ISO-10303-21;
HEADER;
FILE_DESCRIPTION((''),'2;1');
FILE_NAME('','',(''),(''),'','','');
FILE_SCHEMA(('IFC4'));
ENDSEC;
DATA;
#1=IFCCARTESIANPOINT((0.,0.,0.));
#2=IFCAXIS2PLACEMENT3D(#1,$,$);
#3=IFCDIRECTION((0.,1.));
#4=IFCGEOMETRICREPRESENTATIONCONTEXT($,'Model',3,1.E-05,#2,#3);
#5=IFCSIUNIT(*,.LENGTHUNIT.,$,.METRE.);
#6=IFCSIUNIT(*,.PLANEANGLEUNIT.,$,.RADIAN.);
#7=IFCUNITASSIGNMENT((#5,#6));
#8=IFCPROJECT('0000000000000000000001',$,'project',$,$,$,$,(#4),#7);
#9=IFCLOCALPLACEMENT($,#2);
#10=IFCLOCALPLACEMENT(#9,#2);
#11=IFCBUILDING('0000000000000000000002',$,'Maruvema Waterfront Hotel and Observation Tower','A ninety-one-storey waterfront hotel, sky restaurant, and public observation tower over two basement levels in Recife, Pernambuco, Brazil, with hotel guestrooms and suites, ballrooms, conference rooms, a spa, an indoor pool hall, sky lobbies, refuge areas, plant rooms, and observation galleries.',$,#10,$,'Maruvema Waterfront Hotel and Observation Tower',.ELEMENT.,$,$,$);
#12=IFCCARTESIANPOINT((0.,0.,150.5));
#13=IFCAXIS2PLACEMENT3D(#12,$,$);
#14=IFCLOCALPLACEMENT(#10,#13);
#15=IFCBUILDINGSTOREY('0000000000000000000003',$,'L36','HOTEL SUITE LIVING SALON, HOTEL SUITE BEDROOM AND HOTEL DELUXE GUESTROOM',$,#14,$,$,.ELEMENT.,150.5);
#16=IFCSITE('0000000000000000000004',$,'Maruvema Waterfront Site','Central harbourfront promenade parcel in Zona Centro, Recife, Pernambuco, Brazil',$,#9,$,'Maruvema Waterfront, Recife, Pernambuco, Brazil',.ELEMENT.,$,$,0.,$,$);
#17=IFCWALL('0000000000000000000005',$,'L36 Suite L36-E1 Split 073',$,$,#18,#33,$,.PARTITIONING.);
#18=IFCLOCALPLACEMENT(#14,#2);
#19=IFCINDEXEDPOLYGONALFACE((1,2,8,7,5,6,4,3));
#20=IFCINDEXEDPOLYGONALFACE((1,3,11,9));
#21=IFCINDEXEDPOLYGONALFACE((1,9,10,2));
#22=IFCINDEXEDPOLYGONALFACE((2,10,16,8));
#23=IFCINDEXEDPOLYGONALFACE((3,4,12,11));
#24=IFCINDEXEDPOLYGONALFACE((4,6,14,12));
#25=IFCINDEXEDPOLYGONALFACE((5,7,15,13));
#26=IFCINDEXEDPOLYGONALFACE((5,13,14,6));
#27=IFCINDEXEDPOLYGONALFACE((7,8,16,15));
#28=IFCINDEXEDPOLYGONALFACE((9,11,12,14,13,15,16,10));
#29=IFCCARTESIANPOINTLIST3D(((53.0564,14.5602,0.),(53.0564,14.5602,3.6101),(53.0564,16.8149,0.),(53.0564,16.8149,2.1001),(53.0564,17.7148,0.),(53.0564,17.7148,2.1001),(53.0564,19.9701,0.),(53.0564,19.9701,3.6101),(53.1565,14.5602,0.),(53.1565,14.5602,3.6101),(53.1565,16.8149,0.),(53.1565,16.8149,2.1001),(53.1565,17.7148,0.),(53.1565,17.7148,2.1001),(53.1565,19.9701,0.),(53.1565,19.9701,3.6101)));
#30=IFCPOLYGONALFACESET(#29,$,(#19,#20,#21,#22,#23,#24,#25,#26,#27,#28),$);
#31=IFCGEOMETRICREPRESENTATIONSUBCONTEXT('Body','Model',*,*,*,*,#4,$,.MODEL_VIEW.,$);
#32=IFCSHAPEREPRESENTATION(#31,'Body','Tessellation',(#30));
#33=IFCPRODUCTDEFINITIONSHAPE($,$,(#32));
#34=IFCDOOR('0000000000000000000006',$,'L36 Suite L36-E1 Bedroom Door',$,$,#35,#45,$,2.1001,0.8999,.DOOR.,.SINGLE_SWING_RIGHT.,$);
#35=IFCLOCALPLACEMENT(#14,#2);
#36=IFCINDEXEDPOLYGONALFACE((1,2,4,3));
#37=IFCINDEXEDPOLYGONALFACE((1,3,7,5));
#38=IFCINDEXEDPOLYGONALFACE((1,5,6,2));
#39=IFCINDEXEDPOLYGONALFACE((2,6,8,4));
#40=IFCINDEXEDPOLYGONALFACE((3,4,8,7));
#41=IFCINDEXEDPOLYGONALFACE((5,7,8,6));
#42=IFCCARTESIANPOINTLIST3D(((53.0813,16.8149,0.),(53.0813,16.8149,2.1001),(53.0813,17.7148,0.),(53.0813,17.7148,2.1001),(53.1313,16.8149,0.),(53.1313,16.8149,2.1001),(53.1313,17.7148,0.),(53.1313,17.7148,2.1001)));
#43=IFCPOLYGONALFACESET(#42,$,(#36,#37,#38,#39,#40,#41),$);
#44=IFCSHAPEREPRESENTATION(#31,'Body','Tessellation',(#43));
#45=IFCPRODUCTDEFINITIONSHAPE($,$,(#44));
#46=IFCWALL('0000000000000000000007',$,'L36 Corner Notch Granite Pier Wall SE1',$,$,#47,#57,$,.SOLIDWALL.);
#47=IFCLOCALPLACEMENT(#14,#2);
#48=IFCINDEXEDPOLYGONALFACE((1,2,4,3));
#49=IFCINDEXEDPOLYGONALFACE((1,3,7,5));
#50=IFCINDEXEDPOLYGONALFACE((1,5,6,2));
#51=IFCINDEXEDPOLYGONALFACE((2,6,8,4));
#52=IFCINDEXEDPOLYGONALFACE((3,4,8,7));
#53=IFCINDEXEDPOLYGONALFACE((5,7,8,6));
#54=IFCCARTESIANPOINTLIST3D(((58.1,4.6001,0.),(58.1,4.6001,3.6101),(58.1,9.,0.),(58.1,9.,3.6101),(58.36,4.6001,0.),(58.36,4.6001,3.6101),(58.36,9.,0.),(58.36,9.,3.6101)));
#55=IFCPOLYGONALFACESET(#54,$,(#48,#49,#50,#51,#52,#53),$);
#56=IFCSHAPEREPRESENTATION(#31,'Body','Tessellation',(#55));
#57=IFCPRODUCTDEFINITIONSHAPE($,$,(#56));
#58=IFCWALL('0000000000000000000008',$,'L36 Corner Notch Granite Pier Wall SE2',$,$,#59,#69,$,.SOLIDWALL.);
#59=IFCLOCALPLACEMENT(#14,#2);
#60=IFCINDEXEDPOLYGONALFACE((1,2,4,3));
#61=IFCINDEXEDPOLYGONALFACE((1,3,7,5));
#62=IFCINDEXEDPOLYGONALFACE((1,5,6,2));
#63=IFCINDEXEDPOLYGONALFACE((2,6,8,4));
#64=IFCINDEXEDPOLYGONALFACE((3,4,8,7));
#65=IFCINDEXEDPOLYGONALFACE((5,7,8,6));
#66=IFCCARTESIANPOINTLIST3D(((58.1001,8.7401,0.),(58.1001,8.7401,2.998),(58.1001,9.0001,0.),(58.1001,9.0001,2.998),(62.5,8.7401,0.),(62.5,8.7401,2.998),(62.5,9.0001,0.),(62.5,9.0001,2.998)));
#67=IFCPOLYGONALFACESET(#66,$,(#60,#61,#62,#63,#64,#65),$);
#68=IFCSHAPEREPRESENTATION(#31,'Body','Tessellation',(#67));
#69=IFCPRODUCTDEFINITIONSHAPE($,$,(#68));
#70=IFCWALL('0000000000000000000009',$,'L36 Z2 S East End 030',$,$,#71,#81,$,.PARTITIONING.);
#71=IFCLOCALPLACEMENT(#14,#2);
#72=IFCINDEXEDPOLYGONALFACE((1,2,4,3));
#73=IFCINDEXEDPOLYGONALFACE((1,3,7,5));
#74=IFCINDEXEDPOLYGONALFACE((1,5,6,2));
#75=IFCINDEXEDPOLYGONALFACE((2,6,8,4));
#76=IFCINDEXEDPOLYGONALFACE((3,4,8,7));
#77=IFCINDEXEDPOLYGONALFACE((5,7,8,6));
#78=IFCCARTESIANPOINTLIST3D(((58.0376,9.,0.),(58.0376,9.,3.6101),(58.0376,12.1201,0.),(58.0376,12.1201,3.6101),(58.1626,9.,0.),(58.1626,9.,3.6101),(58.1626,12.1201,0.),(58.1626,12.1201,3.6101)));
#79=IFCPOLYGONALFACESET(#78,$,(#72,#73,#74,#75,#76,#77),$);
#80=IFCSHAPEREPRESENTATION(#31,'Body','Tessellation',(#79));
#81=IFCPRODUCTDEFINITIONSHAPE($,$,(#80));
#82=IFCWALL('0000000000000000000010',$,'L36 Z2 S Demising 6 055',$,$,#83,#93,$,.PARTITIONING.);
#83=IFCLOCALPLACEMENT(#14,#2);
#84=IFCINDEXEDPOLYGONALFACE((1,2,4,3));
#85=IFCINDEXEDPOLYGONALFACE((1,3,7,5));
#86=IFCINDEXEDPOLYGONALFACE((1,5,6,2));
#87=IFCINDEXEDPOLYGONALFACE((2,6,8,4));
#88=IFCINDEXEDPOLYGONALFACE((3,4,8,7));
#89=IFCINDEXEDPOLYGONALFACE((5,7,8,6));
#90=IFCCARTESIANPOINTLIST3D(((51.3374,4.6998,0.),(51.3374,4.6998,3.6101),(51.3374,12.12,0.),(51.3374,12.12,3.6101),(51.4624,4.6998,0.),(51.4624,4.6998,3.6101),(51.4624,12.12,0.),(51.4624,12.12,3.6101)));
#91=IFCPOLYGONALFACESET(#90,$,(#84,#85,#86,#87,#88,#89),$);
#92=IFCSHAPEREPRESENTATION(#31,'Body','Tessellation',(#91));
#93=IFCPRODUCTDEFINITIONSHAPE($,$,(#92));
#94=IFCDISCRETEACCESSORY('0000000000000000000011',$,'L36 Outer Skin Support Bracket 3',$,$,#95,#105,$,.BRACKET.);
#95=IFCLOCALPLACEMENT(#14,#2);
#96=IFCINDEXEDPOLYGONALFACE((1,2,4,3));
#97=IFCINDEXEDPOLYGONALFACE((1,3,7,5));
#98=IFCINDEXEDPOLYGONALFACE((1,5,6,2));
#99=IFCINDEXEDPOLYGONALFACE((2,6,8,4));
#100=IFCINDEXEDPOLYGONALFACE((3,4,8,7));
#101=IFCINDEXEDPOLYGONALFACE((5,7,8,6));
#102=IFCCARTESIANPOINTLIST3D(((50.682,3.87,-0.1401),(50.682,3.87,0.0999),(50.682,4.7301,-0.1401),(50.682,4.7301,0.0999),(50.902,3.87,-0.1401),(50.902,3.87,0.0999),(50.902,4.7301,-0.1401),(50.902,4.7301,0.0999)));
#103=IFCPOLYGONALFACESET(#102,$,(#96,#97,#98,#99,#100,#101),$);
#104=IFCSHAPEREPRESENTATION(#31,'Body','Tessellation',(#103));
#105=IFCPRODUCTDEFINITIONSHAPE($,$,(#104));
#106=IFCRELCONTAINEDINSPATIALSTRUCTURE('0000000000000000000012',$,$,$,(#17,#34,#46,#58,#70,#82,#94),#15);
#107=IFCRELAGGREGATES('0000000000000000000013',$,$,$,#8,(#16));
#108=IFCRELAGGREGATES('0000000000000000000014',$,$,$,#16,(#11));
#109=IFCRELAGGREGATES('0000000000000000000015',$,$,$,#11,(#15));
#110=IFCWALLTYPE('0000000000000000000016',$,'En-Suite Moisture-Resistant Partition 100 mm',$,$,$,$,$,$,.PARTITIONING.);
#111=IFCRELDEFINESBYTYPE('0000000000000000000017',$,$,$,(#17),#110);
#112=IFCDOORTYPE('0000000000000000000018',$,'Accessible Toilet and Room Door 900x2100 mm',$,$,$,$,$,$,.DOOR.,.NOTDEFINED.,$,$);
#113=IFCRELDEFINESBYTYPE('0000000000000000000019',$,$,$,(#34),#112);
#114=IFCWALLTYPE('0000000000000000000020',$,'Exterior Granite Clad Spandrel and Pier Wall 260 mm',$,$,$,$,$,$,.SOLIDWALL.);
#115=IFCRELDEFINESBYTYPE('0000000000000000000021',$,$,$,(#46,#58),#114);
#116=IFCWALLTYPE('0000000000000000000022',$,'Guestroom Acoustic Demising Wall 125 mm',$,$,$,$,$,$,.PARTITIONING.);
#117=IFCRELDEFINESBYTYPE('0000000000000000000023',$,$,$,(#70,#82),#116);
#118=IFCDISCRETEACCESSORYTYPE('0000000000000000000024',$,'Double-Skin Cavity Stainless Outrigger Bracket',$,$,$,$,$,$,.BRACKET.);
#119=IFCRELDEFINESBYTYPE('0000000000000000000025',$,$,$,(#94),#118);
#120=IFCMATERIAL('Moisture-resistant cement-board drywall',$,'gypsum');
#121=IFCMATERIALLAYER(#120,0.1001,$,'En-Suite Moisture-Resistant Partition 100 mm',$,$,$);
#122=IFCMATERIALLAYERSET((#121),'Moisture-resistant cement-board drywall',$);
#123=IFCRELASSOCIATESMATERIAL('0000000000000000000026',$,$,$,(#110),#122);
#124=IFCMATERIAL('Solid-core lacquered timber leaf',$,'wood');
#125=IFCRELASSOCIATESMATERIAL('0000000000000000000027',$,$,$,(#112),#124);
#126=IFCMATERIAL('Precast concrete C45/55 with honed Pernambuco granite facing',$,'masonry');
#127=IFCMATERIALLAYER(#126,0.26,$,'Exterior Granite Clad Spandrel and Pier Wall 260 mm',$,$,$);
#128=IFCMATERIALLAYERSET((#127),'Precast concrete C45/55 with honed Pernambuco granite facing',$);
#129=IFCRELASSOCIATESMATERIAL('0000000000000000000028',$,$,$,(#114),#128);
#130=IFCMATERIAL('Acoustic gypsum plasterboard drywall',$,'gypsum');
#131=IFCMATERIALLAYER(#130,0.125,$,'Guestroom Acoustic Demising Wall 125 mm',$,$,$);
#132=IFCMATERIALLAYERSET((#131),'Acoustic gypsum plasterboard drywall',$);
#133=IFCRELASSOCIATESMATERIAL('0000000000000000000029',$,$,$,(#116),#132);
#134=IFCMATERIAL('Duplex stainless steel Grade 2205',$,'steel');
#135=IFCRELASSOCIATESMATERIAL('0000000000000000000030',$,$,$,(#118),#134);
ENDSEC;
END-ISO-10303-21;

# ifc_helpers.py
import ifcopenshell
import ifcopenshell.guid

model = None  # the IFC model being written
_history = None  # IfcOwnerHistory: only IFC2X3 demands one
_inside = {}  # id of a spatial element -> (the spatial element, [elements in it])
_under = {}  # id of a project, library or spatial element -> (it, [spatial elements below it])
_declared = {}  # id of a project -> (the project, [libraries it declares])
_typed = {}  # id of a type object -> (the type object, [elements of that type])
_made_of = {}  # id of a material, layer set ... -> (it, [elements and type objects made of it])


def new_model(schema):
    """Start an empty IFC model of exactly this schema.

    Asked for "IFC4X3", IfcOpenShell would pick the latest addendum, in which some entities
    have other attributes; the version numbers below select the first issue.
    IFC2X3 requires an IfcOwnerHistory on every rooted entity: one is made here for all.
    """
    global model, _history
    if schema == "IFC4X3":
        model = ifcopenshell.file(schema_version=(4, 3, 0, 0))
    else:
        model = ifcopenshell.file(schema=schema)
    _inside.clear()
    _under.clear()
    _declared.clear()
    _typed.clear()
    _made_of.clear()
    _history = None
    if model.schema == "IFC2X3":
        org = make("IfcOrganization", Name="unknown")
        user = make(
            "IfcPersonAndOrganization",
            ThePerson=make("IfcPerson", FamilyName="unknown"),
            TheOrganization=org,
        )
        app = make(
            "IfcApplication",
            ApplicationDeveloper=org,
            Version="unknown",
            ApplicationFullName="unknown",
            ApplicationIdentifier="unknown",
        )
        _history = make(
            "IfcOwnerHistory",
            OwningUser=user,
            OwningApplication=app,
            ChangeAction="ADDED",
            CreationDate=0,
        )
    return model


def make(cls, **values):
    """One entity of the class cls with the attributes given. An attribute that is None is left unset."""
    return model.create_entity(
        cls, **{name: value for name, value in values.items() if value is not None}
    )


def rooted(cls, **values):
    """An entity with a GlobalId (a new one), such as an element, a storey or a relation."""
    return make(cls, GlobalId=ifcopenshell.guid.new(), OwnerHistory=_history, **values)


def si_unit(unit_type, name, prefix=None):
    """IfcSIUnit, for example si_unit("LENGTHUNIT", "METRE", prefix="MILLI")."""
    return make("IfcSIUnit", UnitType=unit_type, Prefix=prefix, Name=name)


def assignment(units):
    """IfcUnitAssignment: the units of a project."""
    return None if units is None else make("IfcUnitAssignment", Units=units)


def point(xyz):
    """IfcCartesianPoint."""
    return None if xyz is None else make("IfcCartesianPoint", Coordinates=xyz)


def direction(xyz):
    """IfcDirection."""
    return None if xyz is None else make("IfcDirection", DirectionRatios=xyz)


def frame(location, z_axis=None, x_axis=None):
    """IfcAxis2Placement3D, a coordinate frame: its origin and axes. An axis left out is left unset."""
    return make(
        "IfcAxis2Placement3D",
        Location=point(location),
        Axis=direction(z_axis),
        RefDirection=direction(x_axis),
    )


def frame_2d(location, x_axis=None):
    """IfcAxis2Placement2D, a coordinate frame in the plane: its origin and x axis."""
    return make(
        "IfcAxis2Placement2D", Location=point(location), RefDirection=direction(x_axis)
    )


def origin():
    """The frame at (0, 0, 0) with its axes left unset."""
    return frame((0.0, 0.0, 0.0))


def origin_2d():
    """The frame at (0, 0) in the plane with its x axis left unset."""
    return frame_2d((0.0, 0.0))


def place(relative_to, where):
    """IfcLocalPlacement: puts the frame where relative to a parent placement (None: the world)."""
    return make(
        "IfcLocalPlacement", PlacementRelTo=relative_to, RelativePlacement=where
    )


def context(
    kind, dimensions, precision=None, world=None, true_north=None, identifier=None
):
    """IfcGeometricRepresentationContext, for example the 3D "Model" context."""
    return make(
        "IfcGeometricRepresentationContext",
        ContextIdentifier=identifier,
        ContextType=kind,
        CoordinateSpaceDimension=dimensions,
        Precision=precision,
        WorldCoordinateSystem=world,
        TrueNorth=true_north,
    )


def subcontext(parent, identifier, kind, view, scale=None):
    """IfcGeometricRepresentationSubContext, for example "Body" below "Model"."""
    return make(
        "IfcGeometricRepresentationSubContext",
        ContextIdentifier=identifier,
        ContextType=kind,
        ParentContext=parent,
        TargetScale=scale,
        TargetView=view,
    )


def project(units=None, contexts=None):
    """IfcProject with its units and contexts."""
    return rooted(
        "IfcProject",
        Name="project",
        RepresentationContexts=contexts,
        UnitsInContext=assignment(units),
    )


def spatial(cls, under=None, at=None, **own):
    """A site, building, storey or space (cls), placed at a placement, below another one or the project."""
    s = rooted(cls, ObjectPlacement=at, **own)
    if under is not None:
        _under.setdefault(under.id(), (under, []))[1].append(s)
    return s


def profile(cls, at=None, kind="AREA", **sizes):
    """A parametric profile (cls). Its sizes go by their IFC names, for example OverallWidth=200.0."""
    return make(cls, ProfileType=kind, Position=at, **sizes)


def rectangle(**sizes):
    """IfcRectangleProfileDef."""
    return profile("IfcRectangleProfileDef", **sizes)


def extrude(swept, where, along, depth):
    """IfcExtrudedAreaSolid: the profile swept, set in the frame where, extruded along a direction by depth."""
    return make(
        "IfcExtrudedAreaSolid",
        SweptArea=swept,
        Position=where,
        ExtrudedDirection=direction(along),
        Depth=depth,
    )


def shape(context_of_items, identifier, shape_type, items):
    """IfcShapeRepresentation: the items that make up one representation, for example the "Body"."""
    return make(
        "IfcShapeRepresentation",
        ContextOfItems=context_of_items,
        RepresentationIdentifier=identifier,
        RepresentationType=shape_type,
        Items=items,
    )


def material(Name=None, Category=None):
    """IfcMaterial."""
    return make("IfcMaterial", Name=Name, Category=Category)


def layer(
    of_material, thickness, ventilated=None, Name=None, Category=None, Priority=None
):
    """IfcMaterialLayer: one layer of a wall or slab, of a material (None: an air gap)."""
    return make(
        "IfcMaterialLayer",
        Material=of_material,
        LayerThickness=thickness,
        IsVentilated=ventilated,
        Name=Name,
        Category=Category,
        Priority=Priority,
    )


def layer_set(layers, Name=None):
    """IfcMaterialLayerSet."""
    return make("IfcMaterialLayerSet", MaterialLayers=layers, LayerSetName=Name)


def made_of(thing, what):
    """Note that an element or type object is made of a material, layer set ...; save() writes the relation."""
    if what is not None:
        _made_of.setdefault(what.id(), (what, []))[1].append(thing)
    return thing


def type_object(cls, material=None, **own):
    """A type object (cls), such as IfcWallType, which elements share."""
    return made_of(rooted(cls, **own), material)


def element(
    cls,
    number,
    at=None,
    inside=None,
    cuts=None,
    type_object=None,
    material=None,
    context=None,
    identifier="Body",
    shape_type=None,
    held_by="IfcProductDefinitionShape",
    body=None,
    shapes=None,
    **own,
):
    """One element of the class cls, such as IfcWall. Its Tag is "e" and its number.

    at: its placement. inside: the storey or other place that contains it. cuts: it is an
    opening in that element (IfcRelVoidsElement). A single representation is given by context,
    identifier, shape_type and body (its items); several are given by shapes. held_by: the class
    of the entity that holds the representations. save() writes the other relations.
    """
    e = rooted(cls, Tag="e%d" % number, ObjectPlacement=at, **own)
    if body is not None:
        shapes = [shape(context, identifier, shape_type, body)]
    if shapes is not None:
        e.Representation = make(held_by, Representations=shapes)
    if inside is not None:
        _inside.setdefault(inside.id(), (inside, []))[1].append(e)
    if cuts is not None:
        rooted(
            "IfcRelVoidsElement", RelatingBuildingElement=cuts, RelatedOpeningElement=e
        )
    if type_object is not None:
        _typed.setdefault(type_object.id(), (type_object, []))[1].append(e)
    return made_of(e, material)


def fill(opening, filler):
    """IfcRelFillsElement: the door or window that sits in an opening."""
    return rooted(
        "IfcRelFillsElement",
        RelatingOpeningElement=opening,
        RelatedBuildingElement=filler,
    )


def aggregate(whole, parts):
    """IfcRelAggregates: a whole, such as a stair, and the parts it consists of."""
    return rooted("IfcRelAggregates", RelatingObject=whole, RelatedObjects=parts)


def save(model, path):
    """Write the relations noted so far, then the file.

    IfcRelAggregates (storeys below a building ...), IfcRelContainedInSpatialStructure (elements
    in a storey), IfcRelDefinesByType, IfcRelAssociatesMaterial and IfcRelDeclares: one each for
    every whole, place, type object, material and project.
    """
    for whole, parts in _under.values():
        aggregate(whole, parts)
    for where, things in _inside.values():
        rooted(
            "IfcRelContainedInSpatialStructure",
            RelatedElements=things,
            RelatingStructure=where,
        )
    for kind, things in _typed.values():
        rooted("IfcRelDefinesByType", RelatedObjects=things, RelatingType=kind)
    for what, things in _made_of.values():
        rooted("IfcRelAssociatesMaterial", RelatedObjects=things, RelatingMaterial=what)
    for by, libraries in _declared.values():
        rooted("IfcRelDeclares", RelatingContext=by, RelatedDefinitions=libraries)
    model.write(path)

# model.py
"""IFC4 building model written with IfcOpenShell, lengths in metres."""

from ifc_helpers import new_model, si_unit, direction, frame, frame_2d, origin, origin_2d, place, context, subcontext, project, spatial, rectangle, extrude, material, layer, layer_set, type_object, element, fill, save


model = new_model("IFC4")

# Units and contexts
model_context = context("Model", 3, precision=1e-05, world=origin(), true_north=direction((0.0, 1.0)))
body_context = subcontext(model_context, "Body", "Model", "MODEL_VIEW")
ifc_project = project(units=[si_unit("LENGTHUNIT", "METRE"), si_unit("PLANEANGLEUNIT", "RADIAN")], contexts=[model_context])

# Site, building, storey
site_placement = place(None, origin())
site = spatial("IfcSite", under=ifc_project, at=site_placement, Name="Maruvema Waterfront Site", Description="Central harbourfront promenade parcel in Zona Centro, Recife, Pernambuco, Brazil", LongName="Maruvema Waterfront, Recife, Pernambuco, Brazil", CompositionType="ELEMENT", RefElevation=0.0)
building_placement = place(site_placement, origin())
building = spatial("IfcBuilding", under=site, at=building_placement, Name="Maruvema Waterfront Hotel and Observation Tower", Description="A ninety-one-storey waterfront hotel, sky restaurant, and public observation tower over two basement levels in Recife, Pernambuco, Brazil, with hotel guestrooms and suites, ballrooms, conference rooms, a spa, an indoor pool hall, sky lobbies, refuge areas, plant rooms, and observation galleries.", LongName="Maruvema Waterfront Hotel and Observation Tower", CompositionType="ELEMENT")
storey_placement = place(building_placement, frame((0.0, 0.0, 150.5)))
storey = spatial("IfcBuildingStorey", under=building, at=storey_placement, Name="L36", Description="HOTEL SUITE LIVING SALON, HOTEL SUITE BEDROOM AND HOTEL DELUXE GUESTROOM", CompositionType="ELEMENT", Elevation=150.5)

# Shared definitions
ifc_material_1 = material(Name="Moisture-resistant cement-board drywall", Category="gypsum")
ifc_layer_1 = layer(ifc_material_1, 0.1001, Name="En-Suite Moisture-Resistant Partition 100 mm")
ifc_layer_set_1 = layer_set([ifc_layer_1], Name="Moisture-resistant cement-board drywall")
wall_type_1 = type_object("IfcWallType", Name="En-Suite Moisture-Resistant Partition 100 mm", PredefinedType="PARTITIONING", material=ifc_layer_set_1)

# Wall, opening, door
wall_1_placement = place(storey_placement, frame((53.1064, 14.5601, 0.0), z_axis=(0.0, 0.0, 1.0), x_axis=(0.0, 1.0, 0.0)))
wall_1 = element("IfcWall", 1, at=wall_1_placement, inside=storey, type_object=wall_type_1, Name="L36 Suite L36-E1 Split 073", PredefinedType="PARTITIONING", context=body_context, shape_type="SweptSolid", body=[
    extrude(rectangle(XDim=5.4099, YDim=0.1001, at=frame_2d((2.7051, 0.0))), origin(), (0.0, 0.0, 1.0), 3.6101),
])
opening_1_placement = place(wall_1_placement, frame((2.2549, 0.0, 0.0)))
opening_1 = element("IfcOpeningElement", 2, at=opening_1_placement, cuts=wall_1, PredefinedType="OPENING", context=body_context, shape_type="SweptSolid", body=[
    extrude(rectangle(XDim=0.8999, YDim=2.1001, at=frame_2d((0.45, 1.05))), frame((0.0, 0.0601, 0.0), z_axis=(0.0, -1.0, 0.0), x_axis=(1.0, 0.0, 0.0)), (0.0, 0.0, 1.0), 0.1201),
])
ifc_material_2 = material(Name="Solid-core lacquered timber leaf", Category="wood")
door_type_1 = type_object("IfcDoorType", Name="Accessible Toilet and Room Door 900x2100 mm", OperationType="NOTDEFINED", PredefinedType="DOOR", material=ifc_material_2)
door_1_placement = place(opening_1_placement, frame((0.8999, 0.0, 0.0), z_axis=(0.0, 0.0, 1.0), x_axis=(-1.0, 0.0, 0.0)))
door_1 = element("IfcDoor", 3, at=door_1_placement, inside=storey, type_object=door_type_1, Name="L36 Suite L36-E1 Bedroom Door", OperationType="SINGLE_SWING_RIGHT", OverallHeight=2.1001, OverallWidth=0.8999, PredefinedType="DOOR", context=body_context, shape_type="SweptSolid", body=[
    extrude(rectangle(XDim=0.8999, YDim=2.1001, at=frame_2d((0.45, 1.05))), frame((0.0, 0.0249, 0.0), z_axis=(0.0, -1.0, 0.0), x_axis=(1.0, 0.0, 0.0)), (0.0, 0.0, 1.0), 0.05),
])
fill(opening_1, door_1)

# Walls
ifc_material_3 = material(Name="Precast concrete C45/55 with honed Pernambuco granite facing", Category="masonry")
ifc_layer_2 = layer(ifc_material_3, 0.26, Name="Exterior Granite Clad Spandrel and Pier Wall 260 mm")
ifc_layer_set_2 = layer_set([ifc_layer_2], Name="Precast concrete C45/55 with honed Pernambuco granite facing")
wall_type_2 = type_object("IfcWallType", Name="Exterior Granite Clad Spandrel and Pier Wall 260 mm", PredefinedType="SOLIDWALL", material=ifc_layer_set_2)
wall_2_placement = place(storey_placement, frame((58.23, 9.0, 0.0), z_axis=(0.0, 0.0, 1.0), x_axis=(0.0, -1.0, 0.0)))
element("IfcWall", 4, at=wall_2_placement, inside=storey, type_object=wall_type_2, Name="L36 Corner Notch Granite Pier Wall SE1", PredefinedType="SOLIDWALL", context=body_context, shape_type="SweptSolid", body=[
    extrude(rectangle(XDim=4.3999, YDim=0.26, at=frame_2d((2.2, 0.0))), origin(), (0.0, 0.0, 1.0), 3.6101),
])
wall_3_placement = place(storey_placement, frame((62.5, 8.8701, 0.0), z_axis=(0.0, 0.0, 1.0), x_axis=(-1.0, 0.0, 0.0)))
element("IfcWall", 5, at=wall_3_placement, inside=storey, type_object=wall_type_2, Name="L36 Corner Notch Granite Pier Wall SE2", PredefinedType="SOLIDWALL", context=body_context, shape_type="SweptSolid", body=[
    extrude(rectangle(XDim=4.3999, YDim=0.26, at=frame_2d((2.2, 0.0))), origin(), (0.0, 0.0, 1.0), 2.998),
])
ifc_material_4 = material(Name="Acoustic gypsum plasterboard drywall", Category="gypsum")
ifc_layer_3 = layer(ifc_material_4, 0.125, Name="Guestroom Acoustic Demising Wall 125 mm")
ifc_layer_set_3 = layer_set([ifc_layer_3], Name="Acoustic gypsum plasterboard drywall")
wall_type_3 = type_object("IfcWallType", Name="Guestroom Acoustic Demising Wall 125 mm", PredefinedType="PARTITIONING", material=ifc_layer_set_3)
wall_4_placement = place(storey_placement, frame((58.1001, 9.0, 0.0), z_axis=(0.0, 0.0, 1.0), x_axis=(0.0, 1.0, 0.0)))
element("IfcWall", 6, at=wall_4_placement, inside=storey, type_object=wall_type_3, Name="L36 Z2 S East End 030", PredefinedType="PARTITIONING", context=body_context, shape_type="SweptSolid", body=[
    extrude(rectangle(XDim=3.1201, YDim=0.125, at=frame_2d((1.5601, 0.0))), origin(), (0.0, 0.0, 1.0), 3.6101),
])
wall_5_placement = place(storey_placement, frame((51.3999, 4.7, 0.0), z_axis=(0.0, 0.0, 1.0), x_axis=(0.0, 1.0, 0.0)))
element("IfcWall", 7, at=wall_5_placement, inside=storey, type_object=wall_type_3, Name="L36 Z2 S Demising 6 055", PredefinedType="PARTITIONING", context=body_context, shape_type="SweptSolid", body=[
    extrude(rectangle(XDim=7.4202, YDim=0.125, at=frame_2d((3.71, 0.0))), origin(), (0.0, 0.0, 1.0), 3.6101),
])

# Discrete accessory
ifc_material_5 = material(Name="Duplex stainless steel Grade 2205", Category="steel")
discrete_accessory_type = type_object("IfcDiscreteAccessoryType", Name="Double-Skin Cavity Stainless Outrigger Bracket", PredefinedType="BRACKET", material=ifc_material_5)
discrete_accessory_placement = place(storey_placement, frame((50.792, 4.3, -0.1401), z_axis=(0.0, 0.0, 1.0), x_axis=(1.0, 0.0, 0.0)))
element("IfcDiscreteAccessory", 8, at=discrete_accessory_placement, inside=storey, type_object=discrete_accessory_type, Name="L36 Outer Skin Support Bracket 3", PredefinedType="BRACKET", context=body_context, shape_type="SweptSolid", body=[
    extrude(rectangle(XDim=0.22, YDim=0.8601, at=origin_2d()), origin(), (0.0, 0.0, 1.0), 0.24),
])

save(model, "model.ifc")
